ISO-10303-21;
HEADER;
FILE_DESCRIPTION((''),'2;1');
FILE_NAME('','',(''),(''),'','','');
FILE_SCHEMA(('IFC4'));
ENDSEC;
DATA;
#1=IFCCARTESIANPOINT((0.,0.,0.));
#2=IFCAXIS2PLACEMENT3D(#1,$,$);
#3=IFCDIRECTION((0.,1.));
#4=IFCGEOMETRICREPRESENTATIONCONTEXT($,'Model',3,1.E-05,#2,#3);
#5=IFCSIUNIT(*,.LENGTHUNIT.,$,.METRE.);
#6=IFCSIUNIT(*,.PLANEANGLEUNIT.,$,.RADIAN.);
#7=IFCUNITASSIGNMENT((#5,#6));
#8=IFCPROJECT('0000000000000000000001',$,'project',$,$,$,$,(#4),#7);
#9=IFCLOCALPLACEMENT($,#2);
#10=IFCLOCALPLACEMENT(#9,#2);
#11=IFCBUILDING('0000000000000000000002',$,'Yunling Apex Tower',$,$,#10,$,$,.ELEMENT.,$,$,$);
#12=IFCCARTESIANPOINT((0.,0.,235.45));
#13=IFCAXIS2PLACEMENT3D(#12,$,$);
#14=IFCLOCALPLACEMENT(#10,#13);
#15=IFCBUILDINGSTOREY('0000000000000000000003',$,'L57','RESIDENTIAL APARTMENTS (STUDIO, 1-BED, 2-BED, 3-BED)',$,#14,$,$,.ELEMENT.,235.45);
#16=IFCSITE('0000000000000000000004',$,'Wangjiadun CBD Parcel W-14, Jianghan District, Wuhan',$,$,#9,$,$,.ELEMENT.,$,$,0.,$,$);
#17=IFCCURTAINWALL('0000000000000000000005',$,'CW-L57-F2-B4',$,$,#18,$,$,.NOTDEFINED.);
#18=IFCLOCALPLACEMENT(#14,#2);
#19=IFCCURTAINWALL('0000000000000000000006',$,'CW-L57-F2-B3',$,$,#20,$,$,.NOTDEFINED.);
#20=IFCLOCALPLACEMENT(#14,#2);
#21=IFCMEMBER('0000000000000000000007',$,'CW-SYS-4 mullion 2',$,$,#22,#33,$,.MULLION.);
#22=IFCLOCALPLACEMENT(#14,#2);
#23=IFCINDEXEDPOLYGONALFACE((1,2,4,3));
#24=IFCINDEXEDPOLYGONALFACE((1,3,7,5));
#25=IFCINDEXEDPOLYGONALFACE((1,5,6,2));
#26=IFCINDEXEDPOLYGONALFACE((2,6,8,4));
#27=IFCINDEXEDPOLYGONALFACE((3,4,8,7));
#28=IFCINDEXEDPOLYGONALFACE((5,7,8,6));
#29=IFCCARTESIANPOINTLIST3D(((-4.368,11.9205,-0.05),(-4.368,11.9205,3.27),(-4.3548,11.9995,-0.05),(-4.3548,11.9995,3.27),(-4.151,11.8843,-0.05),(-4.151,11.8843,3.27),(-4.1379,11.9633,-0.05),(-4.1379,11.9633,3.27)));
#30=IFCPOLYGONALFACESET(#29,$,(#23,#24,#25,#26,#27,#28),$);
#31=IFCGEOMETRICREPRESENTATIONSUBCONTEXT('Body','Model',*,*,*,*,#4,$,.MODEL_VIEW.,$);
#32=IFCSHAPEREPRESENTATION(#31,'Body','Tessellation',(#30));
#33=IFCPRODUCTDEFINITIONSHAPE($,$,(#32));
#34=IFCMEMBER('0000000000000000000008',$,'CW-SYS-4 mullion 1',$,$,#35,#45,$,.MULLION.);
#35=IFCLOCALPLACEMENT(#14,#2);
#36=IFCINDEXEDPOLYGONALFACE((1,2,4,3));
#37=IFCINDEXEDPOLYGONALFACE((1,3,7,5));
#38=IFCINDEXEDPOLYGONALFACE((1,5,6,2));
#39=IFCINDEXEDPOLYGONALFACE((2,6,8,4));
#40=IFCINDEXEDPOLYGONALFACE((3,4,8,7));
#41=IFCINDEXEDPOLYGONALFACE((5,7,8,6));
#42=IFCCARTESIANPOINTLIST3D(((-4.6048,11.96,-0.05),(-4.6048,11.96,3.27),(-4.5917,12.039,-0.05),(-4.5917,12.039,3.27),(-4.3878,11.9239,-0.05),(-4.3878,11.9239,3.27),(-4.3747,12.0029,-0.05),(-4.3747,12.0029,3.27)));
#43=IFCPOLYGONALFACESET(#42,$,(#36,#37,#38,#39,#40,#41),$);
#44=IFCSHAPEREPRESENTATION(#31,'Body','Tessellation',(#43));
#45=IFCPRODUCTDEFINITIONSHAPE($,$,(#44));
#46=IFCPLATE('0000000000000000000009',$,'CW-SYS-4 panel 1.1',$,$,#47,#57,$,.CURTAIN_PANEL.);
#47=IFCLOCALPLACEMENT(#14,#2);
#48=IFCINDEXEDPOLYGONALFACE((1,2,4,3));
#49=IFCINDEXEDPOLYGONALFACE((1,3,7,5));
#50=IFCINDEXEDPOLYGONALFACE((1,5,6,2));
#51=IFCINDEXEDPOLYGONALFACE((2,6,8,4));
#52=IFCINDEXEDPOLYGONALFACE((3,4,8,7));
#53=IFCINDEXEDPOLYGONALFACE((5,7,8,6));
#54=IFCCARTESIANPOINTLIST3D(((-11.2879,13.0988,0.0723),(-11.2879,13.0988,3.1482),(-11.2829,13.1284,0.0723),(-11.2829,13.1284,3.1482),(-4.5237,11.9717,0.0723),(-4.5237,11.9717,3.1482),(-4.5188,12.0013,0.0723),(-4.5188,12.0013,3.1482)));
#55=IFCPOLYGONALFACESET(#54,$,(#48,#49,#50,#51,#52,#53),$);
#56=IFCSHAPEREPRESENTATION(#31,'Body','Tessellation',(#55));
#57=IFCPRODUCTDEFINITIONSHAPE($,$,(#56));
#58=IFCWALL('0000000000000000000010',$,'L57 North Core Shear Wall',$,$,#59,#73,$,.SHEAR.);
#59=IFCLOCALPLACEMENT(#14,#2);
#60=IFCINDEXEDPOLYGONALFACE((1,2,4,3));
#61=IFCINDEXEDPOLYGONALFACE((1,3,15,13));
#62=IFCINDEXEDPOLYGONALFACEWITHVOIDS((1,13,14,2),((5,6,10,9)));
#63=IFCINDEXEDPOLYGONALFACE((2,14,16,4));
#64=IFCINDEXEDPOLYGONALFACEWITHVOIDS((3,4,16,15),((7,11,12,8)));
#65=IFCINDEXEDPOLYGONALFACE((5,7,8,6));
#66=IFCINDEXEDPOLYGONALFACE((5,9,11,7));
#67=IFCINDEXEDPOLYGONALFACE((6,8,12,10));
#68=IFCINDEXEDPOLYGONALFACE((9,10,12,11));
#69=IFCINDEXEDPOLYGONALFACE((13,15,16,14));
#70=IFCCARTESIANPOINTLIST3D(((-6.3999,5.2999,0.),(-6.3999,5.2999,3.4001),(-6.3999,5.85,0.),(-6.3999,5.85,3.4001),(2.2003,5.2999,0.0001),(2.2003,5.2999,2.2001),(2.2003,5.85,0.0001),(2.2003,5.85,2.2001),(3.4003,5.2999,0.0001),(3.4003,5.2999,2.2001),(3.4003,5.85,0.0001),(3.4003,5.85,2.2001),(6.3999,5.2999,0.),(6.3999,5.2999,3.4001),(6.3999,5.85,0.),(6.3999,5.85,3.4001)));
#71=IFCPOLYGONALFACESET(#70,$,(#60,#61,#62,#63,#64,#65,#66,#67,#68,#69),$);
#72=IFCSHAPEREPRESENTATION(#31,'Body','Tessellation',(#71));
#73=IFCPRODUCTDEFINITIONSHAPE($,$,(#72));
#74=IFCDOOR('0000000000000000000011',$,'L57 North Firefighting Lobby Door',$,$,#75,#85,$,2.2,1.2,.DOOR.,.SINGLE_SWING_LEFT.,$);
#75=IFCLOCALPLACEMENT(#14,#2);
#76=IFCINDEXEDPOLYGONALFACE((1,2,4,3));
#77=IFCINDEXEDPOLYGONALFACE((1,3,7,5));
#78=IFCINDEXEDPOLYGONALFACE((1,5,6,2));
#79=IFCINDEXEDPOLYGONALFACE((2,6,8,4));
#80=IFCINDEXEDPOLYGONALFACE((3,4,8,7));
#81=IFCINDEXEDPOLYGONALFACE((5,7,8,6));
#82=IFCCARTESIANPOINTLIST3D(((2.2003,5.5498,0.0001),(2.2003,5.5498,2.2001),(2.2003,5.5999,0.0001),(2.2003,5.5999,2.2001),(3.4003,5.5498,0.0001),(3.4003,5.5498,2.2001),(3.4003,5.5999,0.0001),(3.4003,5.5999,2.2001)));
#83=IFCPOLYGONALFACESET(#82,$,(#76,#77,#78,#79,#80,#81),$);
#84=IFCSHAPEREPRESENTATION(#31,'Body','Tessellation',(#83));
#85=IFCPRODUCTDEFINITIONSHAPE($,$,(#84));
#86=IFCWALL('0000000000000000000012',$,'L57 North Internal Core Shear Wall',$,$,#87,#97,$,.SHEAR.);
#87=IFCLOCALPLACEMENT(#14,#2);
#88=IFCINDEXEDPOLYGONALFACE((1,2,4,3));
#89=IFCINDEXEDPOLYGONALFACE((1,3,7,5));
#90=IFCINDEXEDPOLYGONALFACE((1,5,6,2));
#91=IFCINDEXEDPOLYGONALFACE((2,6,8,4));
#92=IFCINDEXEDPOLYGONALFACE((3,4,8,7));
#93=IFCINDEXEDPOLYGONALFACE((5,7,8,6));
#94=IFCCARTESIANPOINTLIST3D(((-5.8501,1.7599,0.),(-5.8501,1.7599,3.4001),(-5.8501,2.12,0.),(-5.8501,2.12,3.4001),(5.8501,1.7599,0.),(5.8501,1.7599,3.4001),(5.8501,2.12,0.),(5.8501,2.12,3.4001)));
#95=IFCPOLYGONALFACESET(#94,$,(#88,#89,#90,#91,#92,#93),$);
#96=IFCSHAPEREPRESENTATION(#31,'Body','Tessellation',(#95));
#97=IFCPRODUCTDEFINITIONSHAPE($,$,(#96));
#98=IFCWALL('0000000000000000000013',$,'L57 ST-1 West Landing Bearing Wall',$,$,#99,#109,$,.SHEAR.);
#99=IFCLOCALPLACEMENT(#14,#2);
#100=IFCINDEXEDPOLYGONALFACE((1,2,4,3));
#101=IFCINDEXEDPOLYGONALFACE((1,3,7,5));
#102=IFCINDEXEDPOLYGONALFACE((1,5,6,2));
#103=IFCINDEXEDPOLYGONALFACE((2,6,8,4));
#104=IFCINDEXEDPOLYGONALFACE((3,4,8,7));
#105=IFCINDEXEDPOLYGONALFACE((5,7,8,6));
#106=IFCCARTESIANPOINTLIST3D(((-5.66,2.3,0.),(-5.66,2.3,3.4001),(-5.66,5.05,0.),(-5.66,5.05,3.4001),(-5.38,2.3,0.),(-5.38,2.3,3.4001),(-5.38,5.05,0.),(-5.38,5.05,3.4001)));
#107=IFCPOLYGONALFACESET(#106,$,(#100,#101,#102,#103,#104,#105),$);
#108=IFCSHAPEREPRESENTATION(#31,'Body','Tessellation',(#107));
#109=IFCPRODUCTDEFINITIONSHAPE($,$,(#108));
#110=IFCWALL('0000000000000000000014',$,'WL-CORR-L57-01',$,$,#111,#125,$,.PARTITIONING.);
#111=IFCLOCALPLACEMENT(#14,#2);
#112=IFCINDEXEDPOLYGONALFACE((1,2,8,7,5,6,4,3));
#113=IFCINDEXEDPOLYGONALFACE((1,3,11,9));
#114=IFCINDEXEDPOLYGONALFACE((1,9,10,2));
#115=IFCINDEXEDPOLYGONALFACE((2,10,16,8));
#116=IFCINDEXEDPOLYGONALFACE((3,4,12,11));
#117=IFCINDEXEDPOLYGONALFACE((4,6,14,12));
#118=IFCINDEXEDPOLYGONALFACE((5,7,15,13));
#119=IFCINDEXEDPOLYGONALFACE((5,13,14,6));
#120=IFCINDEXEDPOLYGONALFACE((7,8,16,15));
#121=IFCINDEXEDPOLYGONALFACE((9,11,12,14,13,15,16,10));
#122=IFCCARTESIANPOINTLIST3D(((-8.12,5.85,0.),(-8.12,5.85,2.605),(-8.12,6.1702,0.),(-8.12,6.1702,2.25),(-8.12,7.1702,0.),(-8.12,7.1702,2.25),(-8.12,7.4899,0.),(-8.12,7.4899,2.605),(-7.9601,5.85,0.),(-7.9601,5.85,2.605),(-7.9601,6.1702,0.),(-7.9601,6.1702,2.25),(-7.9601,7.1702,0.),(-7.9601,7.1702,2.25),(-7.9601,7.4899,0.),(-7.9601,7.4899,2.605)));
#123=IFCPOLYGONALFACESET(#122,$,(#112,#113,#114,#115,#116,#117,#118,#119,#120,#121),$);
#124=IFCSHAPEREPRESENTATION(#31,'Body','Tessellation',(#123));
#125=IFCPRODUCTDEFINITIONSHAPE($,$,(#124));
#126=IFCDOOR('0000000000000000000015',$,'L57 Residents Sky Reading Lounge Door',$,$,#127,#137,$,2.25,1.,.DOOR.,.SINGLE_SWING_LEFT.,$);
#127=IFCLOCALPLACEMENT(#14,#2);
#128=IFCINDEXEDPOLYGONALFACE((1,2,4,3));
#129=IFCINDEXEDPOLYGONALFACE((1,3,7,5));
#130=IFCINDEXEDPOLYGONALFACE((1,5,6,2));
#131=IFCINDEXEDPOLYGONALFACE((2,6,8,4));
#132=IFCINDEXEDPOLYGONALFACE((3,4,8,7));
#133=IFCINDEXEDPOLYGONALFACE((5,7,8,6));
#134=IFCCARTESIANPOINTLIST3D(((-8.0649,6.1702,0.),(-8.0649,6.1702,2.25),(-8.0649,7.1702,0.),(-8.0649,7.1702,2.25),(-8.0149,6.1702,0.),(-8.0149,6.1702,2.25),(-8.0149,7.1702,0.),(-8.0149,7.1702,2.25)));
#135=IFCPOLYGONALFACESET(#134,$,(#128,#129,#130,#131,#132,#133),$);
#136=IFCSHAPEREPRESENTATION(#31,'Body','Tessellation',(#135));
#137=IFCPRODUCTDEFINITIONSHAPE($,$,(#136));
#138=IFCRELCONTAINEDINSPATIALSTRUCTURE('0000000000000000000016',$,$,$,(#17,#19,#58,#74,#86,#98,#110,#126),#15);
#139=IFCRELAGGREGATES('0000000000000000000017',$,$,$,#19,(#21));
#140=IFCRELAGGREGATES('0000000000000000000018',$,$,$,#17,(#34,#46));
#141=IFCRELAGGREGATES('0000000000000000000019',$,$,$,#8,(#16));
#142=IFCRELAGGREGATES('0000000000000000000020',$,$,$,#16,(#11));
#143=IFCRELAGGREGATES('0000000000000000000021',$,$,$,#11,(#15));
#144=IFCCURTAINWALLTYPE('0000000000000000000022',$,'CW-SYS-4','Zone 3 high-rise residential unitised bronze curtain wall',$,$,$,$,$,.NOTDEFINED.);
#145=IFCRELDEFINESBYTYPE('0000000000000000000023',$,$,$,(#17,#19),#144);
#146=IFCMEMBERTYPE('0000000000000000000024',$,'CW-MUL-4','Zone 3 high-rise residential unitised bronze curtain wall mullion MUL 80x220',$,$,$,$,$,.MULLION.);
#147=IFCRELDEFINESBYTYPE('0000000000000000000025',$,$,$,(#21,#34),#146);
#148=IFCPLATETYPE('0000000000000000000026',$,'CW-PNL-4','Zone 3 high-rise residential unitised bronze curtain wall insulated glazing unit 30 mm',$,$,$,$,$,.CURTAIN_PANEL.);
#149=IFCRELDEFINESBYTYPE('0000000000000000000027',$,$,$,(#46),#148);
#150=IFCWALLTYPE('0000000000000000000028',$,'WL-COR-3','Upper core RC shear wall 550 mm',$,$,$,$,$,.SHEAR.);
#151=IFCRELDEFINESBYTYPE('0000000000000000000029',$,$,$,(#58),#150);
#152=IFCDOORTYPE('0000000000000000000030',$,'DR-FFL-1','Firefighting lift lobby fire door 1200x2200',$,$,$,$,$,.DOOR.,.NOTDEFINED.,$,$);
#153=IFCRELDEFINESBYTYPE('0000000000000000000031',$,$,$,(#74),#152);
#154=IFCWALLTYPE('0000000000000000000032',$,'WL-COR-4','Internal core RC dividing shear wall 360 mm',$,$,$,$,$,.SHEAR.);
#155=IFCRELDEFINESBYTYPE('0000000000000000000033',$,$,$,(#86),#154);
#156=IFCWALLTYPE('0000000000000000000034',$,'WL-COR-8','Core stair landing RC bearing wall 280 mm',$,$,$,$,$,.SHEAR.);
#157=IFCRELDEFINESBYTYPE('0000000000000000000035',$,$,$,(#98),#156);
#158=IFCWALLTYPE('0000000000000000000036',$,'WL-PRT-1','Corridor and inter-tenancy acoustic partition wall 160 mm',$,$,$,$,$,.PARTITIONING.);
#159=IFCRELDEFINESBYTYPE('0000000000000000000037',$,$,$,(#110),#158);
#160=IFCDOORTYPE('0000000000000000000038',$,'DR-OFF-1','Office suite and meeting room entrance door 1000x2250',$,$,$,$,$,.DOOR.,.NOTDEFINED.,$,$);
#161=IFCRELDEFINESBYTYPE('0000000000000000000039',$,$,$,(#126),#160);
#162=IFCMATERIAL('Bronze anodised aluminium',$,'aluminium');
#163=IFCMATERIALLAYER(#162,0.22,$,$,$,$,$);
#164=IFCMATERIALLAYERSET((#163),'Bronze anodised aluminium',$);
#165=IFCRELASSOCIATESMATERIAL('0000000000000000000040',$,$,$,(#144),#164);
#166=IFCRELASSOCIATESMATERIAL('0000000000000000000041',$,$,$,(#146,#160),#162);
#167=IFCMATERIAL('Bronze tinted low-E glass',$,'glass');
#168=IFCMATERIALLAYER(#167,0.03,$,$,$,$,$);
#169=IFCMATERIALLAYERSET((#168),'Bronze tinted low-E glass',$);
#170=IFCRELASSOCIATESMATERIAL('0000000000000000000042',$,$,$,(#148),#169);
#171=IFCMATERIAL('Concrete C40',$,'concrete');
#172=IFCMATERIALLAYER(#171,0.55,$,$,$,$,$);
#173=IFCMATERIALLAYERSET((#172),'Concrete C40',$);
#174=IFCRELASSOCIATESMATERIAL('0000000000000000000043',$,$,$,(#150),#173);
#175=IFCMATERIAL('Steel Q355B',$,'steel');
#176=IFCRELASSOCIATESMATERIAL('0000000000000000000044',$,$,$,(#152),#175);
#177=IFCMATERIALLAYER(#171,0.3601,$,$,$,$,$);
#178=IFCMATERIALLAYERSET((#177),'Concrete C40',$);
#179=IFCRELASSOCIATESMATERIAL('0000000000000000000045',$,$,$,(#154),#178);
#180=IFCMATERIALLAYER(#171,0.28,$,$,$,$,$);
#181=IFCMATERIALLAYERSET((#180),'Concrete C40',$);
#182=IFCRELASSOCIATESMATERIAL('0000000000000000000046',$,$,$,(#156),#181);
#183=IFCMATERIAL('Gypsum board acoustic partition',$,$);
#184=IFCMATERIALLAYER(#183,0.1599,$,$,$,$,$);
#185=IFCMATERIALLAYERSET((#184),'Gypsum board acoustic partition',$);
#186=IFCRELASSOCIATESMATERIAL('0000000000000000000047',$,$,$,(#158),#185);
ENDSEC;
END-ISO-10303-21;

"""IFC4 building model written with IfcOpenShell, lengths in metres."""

from ifc_helpers import new_model, si_unit, direction, frame, frame_2d, origin, origin_2d, place, context, subcontext, project, spatial, rectangle, extrude, source, transform, mapped, material, layer, layer_set, material_profile, profile_set, type_object, element, fill, aggregate, save


model = new_model("IFC4")

# Units and contexts
model_context = context("Model", 3, precision=1e-05, world=origin(), true_north=direction((0.0, 1.0)))
body_context = subcontext(model_context, "Body", "Model", "MODEL_VIEW")
ifc_project = project(units=[si_unit("LENGTHUNIT", "METRE"), si_unit("PLANEANGLEUNIT", "RADIAN")], contexts=[model_context])

# Site, building, storey
site_placement = place(None, origin())
site = spatial("IfcSite", under=ifc_project, at=site_placement, Name="Wangjiadun CBD Parcel W-14, Jianghan District, Wuhan", CompositionType="ELEMENT", RefElevation=0.0)
building_placement = place(site_placement, origin())
building = spatial("IfcBuilding", under=site, at=building_placement, Name="Yunling Apex Tower", CompositionType="ELEMENT")
storey_placement = place(building_placement, frame((0.0, 0.0, 235.45)))
storey = spatial("IfcBuildingStorey", under=building, at=storey_placement, Name="L57", Description="RESIDENTIAL APARTMENTS (STUDIO, 1-BED, 2-BED, 3-BED)", CompositionType="ELEMENT", Elevation=235.45)

# Shared definitions
ifc_material_1 = material(Name="Steel Q355B", Category="steel")

# Curtain wall
ifc_material_2 = material(Name="Bronze anodised aluminium", Category="aluminium")
ifc_layer_1 = layer(ifc_material_2, 0.22)
ifc_layer_set_1 = layer_set([ifc_layer_1], Name="Bronze anodised aluminium")
curtain_wall_type = type_object("IfcCurtainWallType", Name="CW-SYS-4", Description="Zone 3 high-rise residential unitised bronze curtain wall", PredefinedType="NOTDEFINED", material=ifc_layer_set_1)
curtain_wall_1_placement = place(storey_placement, origin())
curtain_wall_1 = element("IfcCurtainWall", 1, at=curtain_wall_1_placement, inside=storey, type_object=curtain_wall_type, Name="CW-L57-F2-B4", PredefinedType="NOTDEFINED")

# Curtain wall, member
curtain_wall_2_placement = place(storey_placement, origin())
curtain_wall_2 = element("IfcCurtainWall", 2, at=curtain_wall_2_placement, inside=storey, type_object=curtain_wall_type, Name="CW-L57-F2-B3", PredefinedType="NOTDEFINED")
ifc_material_profile_1 = material_profile(ifc_material_2, rectangle(XDim=0.0801, YDim=0.22, at=origin_2d()))
ifc_profile_set_1 = profile_set([ifc_material_profile_1], Name="Bronze anodised aluminium")
member_type_1 = type_object("IfcMemberType", Name="CW-MUL-4", Description="Zone 3 high-rise residential unitised bronze curtain wall mullion MUL 80x220", PredefinedType="MULLION", material=ifc_profile_set_1)
shared_shape_1 = source(origin(), body_context, "Body", "SweptSolid", [
    extrude(rectangle(XDim=0.0801, YDim=0.22, at=origin_2d()), origin(), (0.0, 0.0, 1.0), 3.3201),
])
member_1_placement = place(storey_placement, frame((-4.2529, 11.9419, -0.05), z_axis=(0.0, 0.0, 1.0), x_axis=(-0.164353, -0.986402, 0.0)))
member_1 = element("IfcMember", 3, at=member_1_placement, type_object=member_type_1, Name="CW-SYS-4 mullion 2", PredefinedType="MULLION", context=body_context, shape_type="MappedRepresentation", body=[
    mapped(shared_shape_1, transform((0.0, 0.0, 0.0), scale=1.0)),
])
aggregate(curtain_wall_2, [member_1])

# Member
member_2_placement = place(storey_placement, frame((-4.4897, 11.9814, -0.05), z_axis=(0.0, 0.0, 1.0), x_axis=(-0.164353, -0.986402, 0.0)))
member_2 = element("IfcMember", 4, at=member_2_placement, type_object=member_type_1, Name="CW-SYS-4 mullion 1", PredefinedType="MULLION", context=body_context, shape_type="MappedRepresentation", body=[
    mapped(shared_shape_1, transform((0.0, 0.0, 0.0), scale=1.0)),
])

# Plate
ifc_material_3 = material(Name="Bronze tinted low-E glass", Category="glass")
ifc_layer_2 = layer(ifc_material_3, 0.03)
ifc_layer_set_2 = layer_set([ifc_layer_2], Name="Bronze tinted low-E glass")
plate_type = type_object("IfcPlateType", Name="CW-PNL-4", Description="Zone 3 high-rise residential unitised bronze curtain wall insulated glazing unit 30 mm", PredefinedType="CURTAIN_PANEL", material=ifc_layer_set_2)
shared_shape_2 = source(origin(), body_context, "Body", "SweptSolid", [
    extrude(rectangle(XDim=6.8574, YDim=0.03, at=origin_2d()), origin(), (0.0, 0.0, 1.0), 3.0759),
])
plate_placement = place(storey_placement, frame((-7.9033, 12.55, 0.0723), z_axis=(0.0, 0.0, 1.0), x_axis=(-0.986402, 0.164353, 0.0)))
plate = element("IfcPlate", 5, at=plate_placement, type_object=plate_type, Name="CW-SYS-4 panel 1.1", PredefinedType="CURTAIN_PANEL", context=body_context, shape_type="MappedRepresentation", body=[
    mapped(shared_shape_2, transform((0.0, 0.0, 0.0), scale=1.0)),
])
aggregate(curtain_wall_1, [member_2, plate])

# Wall, opening, door
ifc_material_4 = material(Name="Concrete C40", Category="concrete")
ifc_layer_3 = layer(ifc_material_4, 0.55)
ifc_layer_set_3 = layer_set([ifc_layer_3], Name="Concrete C40")
wall_type_1 = type_object("IfcWallType", Name="WL-COR-3", Description="Upper core RC shear wall 550 mm", PredefinedType="SHEAR", material=ifc_layer_set_3)
wall_1_placement = place(storey_placement, frame((-6.3999, 5.575, 0.0), z_axis=(0.0, 0.0, 1.0), x_axis=(1.0, 0.0, 0.0)))
wall_1 = element("IfcWall", 6, at=wall_1_placement, inside=storey, type_object=wall_type_1, Name="L57 North Core Shear Wall", PredefinedType="SHEAR", context=body_context, shape_type="SweptSolid", body=[
    extrude(rectangle(XDim=12.7998, YDim=0.55, at=frame_2d((6.3999, 0.0))), origin(), (0.0, 0.0, 1.0), 3.4001),
])
opening_1_placement = place(wall_1_placement, frame((8.6001, 0.0, 0.0)))
opening_1 = element("IfcOpeningElement", 7, at=opening_1_placement, cuts=wall_1, PredefinedType="OPENING", context=body_context, shape_type="SweptSolid", body=[
    extrude(rectangle(XDim=1.2, YDim=2.2, at=frame_2d((0.6001, 1.1001))), frame((0.0, 0.2852, 0.0), z_axis=(0.0, -1.0, 0.0), x_axis=(1.0, 0.0, 0.0)), (0.0, 0.0, 1.0), 0.5701),
])
door_type_1 = type_object("IfcDoorType", Name="DR-FFL-1", Description="Firefighting lift lobby fire door 1200x2200", OperationType="NOTDEFINED", PredefinedType="DOOR", material=ifc_material_1)
door_1_placement = place(opening_1_placement, origin())
door_1 = element("IfcDoor", 8, at=door_1_placement, inside=storey, type_object=door_type_1, Name="L57 North Firefighting Lobby Door", OperationType="SINGLE_SWING_LEFT", OverallHeight=2.2, OverallWidth=1.2, PredefinedType="DOOR", context=body_context, shape_type="SweptSolid", body=[
    extrude(rectangle(XDim=1.2, YDim=2.2, at=frame_2d((0.6001, 1.1001))), frame((0.0, 0.0249, 0.0), z_axis=(0.0, -1.0, 0.0), x_axis=(1.0, 0.0, 0.0)), (0.0, 0.0, 1.0), 0.05),
])
fill(opening_1, door_1)

# Walls
ifc_layer_4 = layer(ifc_material_4, 0.3601)
ifc_layer_set_4 = layer_set([ifc_layer_4], Name="Concrete C40")
wall_type_2 = type_object("IfcWallType", Name="WL-COR-4", Description="Internal core RC dividing shear wall 360 mm", PredefinedType="SHEAR", material=ifc_layer_set_4)
wall_2_placement = place(storey_placement, frame((-5.8501, 1.9399, 0.0), z_axis=(0.0, 0.0, 1.0), x_axis=(1.0, 0.0, 0.0)))
element("IfcWall", 9, at=wall_2_placement, inside=storey, type_object=wall_type_2, Name="L57 North Internal Core Shear Wall", PredefinedType="SHEAR", context=body_context, shape_type="SweptSolid", body=[
    extrude(rectangle(XDim=11.7002, YDim=0.3601, at=frame_2d((5.8501, 0.0))), origin(), (0.0, 0.0, 1.0), 3.4001),
])
ifc_layer_5 = layer(ifc_material_4, 0.28)
ifc_layer_set_5 = layer_set([ifc_layer_5], Name="Concrete C40")
wall_type_3 = type_object("IfcWallType", Name="WL-COR-8", Description="Core stair landing RC bearing wall 280 mm", PredefinedType="SHEAR", material=ifc_layer_set_5)
wall_3_placement = place(storey_placement, frame((-5.52, 2.3, 0.0), z_axis=(0.0, 0.0, 1.0), x_axis=(0.0, 1.0, 0.0)))
element("IfcWall", 10, at=wall_3_placement, inside=storey, type_object=wall_type_3, Name="L57 ST-1 West Landing Bearing Wall", PredefinedType="SHEAR", context=body_context, shape_type="SweptSolid", body=[
    extrude(rectangle(XDim=2.75, YDim=0.28, at=frame_2d((1.375, 0.0))), origin(), (0.0, 0.0, 1.0), 3.4001),
])

# Wall, opening, door
ifc_material_5 = material(Name="Gypsum board acoustic partition")
ifc_layer_6 = layer(ifc_material_5, 0.1599)
ifc_layer_set_6 = layer_set([ifc_layer_6], Name="Gypsum board acoustic partition")
wall_type_4 = type_object("IfcWallType", Name="WL-PRT-1", Description="Corridor and inter-tenancy acoustic partition wall 160 mm", PredefinedType="PARTITIONING", material=ifc_layer_set_6)
wall_4_placement = place(storey_placement, frame((-8.04, 5.8501, 0.0), z_axis=(0.0, 0.0, 1.0), x_axis=(0.0, 1.0, 0.0)))
wall_4 = element("IfcWall", 11, at=wall_4_placement, inside=storey, type_object=wall_type_4, Name="WL-CORR-L57-01", PredefinedType="PARTITIONING", context=body_context, shape_type="SweptSolid", body=[
    extrude(rectangle(XDim=1.6399, YDim=0.1599, at=frame_2d((0.8198, 0.0))), origin(), (0.0, 0.0, 1.0), 2.605),
])
opening_2_placement = place(wall_4_placement, frame((0.3201, 0.0, 0.0)))
opening_2 = element("IfcOpeningElement", 12, at=opening_2_placement, cuts=wall_4, PredefinedType="OPENING", context=body_context, shape_type="SweptSolid", body=[
    extrude(rectangle(XDim=1.0, YDim=2.25, at=frame_2d((0.5, 1.125))), frame((0.0, 0.0898, 0.0), z_axis=(0.0, -1.0, 0.0), x_axis=(1.0, 0.0, 0.0)), (0.0, 0.0, 1.0), 0.1799),
])
door_type_2 = type_object("IfcDoorType", Name="DR-OFF-1", Description="Office suite and meeting room entrance door 1000x2250", OperationType="NOTDEFINED", PredefinedType="DOOR", material=ifc_material_2)
door_2_placement = place(opening_2_placement, origin())
door_2 = element("IfcDoor", 13, at=door_2_placement, inside=storey, type_object=door_type_2, Name="L57 Residents Sky Reading Lounge Door", OperationType="SINGLE_SWING_LEFT", OverallHeight=2.25, OverallWidth=1.0, PredefinedType="DOOR", context=body_context, shape_type="SweptSolid", body=[
    extrude(rectangle(XDim=1.0, YDim=2.25, at=frame_2d((0.5, 1.125))), frame((0.0, 0.0249, 0.0), z_axis=(0.0, -1.0, 0.0), x_axis=(1.0, 0.0, 0.0)), (0.0, 0.0, 1.0), 0.05),
])
fill(opening_2, door_2)

save(model, "model.ifc")
